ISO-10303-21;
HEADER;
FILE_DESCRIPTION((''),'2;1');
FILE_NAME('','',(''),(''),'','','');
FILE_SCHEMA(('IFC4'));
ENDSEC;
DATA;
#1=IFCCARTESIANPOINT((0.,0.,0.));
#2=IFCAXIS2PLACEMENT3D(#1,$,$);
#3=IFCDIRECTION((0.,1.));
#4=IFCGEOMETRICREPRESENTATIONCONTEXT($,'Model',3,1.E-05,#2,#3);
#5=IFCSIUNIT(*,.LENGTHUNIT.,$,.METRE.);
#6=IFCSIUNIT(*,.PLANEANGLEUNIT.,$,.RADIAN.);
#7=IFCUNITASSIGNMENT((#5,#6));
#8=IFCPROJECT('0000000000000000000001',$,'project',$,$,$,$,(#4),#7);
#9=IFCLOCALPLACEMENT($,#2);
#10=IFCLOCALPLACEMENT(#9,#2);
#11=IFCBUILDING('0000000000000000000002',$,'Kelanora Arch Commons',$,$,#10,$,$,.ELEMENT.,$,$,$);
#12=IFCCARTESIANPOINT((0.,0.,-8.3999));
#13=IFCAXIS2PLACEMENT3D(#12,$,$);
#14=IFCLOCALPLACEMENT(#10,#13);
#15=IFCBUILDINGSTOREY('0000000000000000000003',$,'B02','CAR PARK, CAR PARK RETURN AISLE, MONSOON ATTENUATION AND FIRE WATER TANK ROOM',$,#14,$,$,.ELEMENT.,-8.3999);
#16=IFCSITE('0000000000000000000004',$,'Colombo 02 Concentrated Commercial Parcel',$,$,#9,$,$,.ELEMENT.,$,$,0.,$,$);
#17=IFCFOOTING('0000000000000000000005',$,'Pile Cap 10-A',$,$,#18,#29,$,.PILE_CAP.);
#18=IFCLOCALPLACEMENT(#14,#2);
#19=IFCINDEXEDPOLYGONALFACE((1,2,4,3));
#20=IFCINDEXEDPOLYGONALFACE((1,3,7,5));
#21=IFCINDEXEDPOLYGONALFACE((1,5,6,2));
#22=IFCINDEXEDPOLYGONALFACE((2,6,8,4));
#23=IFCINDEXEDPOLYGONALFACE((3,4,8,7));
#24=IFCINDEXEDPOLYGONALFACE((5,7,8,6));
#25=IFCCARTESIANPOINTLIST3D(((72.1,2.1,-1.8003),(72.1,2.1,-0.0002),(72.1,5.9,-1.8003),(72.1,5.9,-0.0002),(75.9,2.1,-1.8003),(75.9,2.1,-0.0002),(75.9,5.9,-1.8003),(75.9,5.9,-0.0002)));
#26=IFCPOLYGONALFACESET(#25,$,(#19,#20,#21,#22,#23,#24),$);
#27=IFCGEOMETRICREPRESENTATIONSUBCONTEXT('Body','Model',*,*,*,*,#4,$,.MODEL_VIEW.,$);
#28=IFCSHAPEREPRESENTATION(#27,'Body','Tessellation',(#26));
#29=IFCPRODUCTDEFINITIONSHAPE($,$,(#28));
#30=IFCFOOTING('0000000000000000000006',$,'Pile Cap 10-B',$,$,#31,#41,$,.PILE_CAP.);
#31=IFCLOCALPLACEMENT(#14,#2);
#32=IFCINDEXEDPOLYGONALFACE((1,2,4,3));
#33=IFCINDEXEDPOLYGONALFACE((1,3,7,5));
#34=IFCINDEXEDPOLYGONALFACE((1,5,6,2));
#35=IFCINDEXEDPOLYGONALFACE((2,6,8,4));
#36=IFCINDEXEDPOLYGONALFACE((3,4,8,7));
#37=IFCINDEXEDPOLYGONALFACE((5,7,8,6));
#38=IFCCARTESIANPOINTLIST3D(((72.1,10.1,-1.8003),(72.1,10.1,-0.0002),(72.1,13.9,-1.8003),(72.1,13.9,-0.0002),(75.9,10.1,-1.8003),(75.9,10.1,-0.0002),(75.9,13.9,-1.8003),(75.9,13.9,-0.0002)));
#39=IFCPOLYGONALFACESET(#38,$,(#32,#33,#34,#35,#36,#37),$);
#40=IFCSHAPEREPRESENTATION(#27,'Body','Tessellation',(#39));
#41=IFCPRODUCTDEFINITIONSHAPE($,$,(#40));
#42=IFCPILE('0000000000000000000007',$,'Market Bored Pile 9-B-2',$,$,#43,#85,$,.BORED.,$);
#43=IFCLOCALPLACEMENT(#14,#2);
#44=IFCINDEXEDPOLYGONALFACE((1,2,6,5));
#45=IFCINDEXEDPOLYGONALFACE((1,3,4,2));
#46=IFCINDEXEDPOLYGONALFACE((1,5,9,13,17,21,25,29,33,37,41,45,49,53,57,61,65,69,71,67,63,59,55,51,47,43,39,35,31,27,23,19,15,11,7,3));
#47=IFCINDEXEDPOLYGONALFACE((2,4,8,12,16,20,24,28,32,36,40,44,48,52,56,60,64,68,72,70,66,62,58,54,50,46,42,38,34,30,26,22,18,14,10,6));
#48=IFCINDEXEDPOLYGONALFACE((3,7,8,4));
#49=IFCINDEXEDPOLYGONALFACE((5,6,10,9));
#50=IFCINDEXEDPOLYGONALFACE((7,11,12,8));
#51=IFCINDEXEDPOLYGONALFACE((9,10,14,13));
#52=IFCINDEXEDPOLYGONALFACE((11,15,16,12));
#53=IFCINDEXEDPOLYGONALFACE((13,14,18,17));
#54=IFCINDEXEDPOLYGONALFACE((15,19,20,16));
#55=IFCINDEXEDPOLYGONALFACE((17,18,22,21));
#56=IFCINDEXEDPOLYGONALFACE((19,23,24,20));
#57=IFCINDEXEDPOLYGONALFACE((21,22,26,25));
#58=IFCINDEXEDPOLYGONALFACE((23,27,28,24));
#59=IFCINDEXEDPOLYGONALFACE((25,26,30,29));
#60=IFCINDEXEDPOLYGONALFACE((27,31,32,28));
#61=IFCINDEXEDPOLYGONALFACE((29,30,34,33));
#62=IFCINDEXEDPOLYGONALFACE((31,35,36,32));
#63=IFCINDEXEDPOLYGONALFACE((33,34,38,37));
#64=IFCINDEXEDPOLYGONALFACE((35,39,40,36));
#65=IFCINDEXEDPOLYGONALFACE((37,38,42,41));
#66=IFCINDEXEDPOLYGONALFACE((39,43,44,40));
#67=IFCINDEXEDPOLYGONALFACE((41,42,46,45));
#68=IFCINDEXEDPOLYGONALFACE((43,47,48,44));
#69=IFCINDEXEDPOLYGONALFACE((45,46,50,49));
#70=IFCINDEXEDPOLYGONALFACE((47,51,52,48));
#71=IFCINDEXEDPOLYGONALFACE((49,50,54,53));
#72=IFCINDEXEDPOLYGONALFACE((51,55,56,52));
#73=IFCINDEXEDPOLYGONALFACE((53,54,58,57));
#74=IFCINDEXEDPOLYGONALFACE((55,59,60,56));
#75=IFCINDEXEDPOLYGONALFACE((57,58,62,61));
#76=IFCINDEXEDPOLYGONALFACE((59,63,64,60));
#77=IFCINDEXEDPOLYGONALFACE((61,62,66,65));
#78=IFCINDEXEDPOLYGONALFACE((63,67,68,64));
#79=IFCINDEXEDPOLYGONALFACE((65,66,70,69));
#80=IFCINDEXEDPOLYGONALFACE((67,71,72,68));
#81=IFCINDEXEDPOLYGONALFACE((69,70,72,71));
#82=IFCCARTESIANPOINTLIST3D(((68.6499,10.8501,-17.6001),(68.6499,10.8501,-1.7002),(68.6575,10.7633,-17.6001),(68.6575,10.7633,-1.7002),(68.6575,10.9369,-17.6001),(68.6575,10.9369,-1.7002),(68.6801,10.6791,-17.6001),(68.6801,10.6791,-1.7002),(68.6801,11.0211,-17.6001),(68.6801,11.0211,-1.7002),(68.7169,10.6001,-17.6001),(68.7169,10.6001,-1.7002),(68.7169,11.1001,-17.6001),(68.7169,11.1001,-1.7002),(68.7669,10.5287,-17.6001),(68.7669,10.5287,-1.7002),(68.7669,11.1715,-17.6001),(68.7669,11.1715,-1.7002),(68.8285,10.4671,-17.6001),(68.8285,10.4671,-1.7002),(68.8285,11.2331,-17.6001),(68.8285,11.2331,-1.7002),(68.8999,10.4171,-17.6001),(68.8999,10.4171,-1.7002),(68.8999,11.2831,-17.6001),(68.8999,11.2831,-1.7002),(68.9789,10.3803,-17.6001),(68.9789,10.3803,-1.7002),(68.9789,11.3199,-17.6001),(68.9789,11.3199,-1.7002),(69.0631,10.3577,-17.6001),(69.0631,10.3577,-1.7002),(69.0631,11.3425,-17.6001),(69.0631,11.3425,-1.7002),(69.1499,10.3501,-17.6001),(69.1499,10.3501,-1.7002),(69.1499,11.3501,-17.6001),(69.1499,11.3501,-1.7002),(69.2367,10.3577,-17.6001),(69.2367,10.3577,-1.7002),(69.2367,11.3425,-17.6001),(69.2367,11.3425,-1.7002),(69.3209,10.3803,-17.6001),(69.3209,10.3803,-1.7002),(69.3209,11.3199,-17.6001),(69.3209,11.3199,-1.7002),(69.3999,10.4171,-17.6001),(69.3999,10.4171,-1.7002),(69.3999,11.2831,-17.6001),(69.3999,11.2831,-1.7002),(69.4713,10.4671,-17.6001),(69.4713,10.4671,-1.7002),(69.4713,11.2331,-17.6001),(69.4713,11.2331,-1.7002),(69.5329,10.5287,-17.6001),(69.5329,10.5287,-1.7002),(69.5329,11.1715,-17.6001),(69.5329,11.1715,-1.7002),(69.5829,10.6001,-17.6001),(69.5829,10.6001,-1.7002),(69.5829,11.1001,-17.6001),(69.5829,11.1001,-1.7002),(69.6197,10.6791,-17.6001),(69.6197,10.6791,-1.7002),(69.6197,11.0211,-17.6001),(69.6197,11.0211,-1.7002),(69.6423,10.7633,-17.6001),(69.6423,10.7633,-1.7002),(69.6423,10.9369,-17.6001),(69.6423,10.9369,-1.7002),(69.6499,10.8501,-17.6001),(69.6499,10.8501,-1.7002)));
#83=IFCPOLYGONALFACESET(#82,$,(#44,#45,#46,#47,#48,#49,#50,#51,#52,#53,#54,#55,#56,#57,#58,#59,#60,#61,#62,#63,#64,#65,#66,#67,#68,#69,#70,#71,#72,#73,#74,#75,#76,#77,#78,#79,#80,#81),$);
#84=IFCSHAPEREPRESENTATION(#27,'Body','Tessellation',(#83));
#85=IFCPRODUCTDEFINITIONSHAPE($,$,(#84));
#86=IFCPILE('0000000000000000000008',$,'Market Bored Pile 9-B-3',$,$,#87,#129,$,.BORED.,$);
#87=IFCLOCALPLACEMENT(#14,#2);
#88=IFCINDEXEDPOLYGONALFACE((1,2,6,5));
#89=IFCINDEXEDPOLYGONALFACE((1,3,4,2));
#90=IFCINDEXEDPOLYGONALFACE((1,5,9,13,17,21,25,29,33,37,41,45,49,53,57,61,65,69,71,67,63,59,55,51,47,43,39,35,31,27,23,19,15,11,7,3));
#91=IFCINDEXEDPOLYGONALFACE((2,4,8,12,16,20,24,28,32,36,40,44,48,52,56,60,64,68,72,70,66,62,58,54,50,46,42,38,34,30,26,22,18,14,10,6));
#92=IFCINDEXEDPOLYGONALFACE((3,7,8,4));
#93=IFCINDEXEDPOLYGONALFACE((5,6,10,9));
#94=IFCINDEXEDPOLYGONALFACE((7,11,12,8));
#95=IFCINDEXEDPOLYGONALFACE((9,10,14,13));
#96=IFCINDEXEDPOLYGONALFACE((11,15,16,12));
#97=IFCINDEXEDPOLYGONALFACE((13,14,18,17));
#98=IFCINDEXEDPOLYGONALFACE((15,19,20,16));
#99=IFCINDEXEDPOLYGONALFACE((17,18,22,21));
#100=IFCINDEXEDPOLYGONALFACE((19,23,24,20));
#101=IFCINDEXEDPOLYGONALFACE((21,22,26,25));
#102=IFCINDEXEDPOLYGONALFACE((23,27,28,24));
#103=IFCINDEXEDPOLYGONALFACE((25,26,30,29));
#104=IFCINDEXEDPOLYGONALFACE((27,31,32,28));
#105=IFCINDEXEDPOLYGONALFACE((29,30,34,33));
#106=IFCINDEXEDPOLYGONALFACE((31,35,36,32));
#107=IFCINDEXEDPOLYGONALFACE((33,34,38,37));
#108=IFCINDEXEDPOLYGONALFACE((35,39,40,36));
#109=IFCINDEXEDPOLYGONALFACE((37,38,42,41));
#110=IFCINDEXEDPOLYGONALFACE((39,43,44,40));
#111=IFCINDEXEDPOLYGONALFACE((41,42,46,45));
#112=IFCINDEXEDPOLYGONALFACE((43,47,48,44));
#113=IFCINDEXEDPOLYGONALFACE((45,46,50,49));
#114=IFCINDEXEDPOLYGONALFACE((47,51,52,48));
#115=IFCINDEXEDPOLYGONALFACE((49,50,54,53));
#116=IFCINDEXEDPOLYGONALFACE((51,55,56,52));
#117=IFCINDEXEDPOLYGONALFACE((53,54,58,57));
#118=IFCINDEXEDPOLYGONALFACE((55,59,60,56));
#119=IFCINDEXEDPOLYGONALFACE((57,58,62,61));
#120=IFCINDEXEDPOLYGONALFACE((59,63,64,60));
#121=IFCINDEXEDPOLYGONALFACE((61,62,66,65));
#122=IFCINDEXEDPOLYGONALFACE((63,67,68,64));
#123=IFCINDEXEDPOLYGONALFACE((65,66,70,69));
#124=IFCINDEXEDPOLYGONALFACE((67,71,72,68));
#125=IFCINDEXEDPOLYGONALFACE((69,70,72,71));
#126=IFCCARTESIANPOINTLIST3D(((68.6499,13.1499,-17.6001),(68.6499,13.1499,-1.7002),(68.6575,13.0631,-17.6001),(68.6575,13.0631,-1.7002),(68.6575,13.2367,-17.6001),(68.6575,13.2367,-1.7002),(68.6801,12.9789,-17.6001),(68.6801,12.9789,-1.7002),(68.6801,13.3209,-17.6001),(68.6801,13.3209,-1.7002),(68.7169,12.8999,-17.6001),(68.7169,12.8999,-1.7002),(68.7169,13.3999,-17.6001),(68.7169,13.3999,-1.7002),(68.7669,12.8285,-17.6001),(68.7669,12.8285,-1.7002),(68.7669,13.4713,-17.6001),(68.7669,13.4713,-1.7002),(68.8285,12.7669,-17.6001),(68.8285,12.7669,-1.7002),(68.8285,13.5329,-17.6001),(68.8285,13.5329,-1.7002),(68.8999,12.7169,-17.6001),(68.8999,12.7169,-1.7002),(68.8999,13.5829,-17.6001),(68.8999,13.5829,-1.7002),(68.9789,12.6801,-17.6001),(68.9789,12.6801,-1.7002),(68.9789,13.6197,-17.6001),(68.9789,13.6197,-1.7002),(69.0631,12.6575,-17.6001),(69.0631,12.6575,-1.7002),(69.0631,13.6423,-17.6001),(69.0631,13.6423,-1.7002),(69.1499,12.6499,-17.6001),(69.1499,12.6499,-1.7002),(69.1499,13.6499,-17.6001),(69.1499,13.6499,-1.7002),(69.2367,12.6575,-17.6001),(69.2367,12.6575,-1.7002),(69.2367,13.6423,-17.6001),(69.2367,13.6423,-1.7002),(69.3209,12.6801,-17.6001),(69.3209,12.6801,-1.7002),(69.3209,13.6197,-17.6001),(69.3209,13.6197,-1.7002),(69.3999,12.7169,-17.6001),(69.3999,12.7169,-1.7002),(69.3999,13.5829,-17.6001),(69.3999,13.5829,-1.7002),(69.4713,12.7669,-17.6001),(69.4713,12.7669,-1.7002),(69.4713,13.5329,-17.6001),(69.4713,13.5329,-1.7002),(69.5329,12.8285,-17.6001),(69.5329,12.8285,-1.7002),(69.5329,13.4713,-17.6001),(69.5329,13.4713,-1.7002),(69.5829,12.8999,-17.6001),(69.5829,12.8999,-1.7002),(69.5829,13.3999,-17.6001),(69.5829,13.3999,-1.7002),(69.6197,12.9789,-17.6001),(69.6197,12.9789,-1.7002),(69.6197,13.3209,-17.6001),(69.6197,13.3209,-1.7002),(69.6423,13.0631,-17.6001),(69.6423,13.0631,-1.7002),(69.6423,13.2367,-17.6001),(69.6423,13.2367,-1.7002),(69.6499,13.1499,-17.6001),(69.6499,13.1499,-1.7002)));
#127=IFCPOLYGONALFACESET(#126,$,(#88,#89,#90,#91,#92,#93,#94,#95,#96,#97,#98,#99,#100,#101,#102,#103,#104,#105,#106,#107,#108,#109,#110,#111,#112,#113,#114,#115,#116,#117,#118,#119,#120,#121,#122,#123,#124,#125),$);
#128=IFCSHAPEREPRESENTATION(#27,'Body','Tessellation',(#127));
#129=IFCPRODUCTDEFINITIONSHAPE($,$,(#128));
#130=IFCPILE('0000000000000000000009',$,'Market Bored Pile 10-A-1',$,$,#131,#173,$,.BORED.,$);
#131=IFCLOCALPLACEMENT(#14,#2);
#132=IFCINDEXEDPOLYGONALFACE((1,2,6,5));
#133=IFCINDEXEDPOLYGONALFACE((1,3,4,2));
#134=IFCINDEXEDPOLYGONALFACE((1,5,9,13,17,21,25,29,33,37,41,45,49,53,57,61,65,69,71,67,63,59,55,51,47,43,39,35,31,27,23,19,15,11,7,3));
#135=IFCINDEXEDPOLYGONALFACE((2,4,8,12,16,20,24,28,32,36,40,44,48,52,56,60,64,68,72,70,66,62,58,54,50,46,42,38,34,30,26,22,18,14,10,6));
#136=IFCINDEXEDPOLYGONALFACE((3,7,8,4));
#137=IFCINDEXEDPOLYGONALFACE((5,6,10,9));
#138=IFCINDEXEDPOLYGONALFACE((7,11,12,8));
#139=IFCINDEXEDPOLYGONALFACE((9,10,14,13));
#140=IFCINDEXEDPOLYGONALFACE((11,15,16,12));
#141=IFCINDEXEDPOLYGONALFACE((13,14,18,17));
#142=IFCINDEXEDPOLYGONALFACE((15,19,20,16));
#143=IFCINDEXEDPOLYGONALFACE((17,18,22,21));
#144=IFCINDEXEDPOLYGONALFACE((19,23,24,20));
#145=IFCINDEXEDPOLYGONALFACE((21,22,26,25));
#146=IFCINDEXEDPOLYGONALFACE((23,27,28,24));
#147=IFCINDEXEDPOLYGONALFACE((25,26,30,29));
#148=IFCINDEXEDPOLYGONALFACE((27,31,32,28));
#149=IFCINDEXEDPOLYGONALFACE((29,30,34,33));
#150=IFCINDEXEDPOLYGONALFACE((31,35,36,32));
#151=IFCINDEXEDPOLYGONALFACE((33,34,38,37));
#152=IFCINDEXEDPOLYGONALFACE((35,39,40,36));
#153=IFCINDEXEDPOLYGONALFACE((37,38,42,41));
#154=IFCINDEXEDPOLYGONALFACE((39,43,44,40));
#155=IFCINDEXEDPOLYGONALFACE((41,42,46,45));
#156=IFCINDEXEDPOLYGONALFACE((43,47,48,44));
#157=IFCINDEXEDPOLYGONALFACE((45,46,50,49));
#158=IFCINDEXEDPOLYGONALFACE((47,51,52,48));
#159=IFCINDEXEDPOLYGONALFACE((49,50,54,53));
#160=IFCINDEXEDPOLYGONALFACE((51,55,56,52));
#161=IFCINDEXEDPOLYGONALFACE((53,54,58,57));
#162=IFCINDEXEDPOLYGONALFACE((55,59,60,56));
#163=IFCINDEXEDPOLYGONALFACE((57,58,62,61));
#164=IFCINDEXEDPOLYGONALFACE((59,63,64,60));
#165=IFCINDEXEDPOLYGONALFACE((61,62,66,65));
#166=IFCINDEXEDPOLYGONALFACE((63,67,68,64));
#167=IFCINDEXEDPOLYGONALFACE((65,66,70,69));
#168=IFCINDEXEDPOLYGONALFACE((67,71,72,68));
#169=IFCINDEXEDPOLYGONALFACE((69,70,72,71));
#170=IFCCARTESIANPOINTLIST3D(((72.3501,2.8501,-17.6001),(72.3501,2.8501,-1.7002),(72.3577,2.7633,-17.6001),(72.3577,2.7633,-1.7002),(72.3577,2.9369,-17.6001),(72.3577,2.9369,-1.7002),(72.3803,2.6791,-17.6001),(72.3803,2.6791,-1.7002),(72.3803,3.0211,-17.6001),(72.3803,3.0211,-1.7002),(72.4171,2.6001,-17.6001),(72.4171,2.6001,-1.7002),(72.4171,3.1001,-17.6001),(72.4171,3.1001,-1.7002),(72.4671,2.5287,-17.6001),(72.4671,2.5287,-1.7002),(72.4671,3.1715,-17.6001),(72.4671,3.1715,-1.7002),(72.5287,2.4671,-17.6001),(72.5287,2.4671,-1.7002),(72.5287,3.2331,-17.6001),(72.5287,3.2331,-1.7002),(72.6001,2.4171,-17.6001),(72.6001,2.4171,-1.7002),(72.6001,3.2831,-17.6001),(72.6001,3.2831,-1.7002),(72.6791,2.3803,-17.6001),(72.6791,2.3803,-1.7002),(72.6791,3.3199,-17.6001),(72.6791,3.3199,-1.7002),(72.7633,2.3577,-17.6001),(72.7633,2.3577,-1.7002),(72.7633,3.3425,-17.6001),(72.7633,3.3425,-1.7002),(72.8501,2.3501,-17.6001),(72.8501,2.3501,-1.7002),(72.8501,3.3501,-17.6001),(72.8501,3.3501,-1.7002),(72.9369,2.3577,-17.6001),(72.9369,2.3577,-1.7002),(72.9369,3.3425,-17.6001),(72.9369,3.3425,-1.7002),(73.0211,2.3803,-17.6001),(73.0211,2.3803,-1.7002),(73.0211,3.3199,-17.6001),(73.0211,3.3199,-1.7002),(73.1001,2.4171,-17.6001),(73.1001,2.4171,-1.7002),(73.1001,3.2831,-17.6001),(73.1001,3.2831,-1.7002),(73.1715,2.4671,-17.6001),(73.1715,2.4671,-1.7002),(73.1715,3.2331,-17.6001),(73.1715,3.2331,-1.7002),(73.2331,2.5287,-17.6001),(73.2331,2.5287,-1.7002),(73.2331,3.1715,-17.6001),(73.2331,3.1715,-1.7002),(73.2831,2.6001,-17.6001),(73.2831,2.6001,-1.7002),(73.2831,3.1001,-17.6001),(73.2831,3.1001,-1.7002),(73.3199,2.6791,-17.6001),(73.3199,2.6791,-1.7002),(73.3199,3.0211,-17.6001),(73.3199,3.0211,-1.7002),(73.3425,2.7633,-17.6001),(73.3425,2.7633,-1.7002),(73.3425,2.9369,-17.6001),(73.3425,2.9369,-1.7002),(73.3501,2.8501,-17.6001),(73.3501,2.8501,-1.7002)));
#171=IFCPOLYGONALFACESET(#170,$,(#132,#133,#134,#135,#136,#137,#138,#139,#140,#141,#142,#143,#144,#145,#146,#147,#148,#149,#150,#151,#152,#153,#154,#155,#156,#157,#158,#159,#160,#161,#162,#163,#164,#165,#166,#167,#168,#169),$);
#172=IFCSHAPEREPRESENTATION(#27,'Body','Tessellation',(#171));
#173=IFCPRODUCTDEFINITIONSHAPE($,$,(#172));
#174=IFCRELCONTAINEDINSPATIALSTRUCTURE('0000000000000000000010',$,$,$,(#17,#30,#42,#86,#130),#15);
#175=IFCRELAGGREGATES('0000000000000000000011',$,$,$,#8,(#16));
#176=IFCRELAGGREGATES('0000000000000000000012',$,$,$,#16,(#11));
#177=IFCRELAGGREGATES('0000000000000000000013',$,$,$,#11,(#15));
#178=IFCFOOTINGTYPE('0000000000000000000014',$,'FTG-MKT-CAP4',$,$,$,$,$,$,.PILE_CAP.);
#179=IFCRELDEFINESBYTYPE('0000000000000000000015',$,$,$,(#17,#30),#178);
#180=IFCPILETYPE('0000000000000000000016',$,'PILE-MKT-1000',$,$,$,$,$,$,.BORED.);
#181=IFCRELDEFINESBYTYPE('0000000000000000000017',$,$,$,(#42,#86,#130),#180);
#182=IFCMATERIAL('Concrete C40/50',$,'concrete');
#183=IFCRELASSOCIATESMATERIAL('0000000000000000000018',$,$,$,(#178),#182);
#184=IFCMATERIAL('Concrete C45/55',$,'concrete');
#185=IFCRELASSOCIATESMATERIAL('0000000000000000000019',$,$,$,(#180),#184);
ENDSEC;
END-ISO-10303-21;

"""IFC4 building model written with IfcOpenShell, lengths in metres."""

from ifc_helpers import new_model, si_unit, direction, frame, origin, origin_2d, place, context, subcontext, project, spatial, rectangle, circle, extrude, source, transform, mapped, material, material_profile, profile_set, type_object, element, save


model = new_model("IFC4")

# Units and contexts
model_context = context("Model", 3, precision=1e-05, world=origin(), true_north=direction((0.0, 1.0)))
body_context = subcontext(model_context, "Body", "Model", "MODEL_VIEW")
ifc_project = project(units=[si_unit("LENGTHUNIT", "METRE"), si_unit("PLANEANGLEUNIT", "RADIAN")], contexts=[model_context])

# Site, building, storey
site_placement = place(None, origin())
site = spatial("IfcSite", under=ifc_project, at=site_placement, Name="Colombo 02 Concentrated Commercial Parcel", CompositionType="ELEMENT", RefElevation=0.0)
building_placement = place(site_placement, origin())
building = spatial("IfcBuilding", under=site, at=building_placement, Name="Kelanora Arch Commons", CompositionType="ELEMENT")
storey_placement = place(building_placement, frame((0.0, 0.0, -8.3999)))
storey = spatial("IfcBuildingStorey", under=building, at=storey_placement, Name="B02", Description="CAR PARK, CAR PARK RETURN AISLE, MONSOON ATTENUATION AND FIRE WATER TANK ROOM", CompositionType="ELEMENT", Elevation=-8.3999)

# Footings
ifc_material_1 = material(Name="Concrete C40/50", Category="concrete")
footing_type_1 = type_object("IfcFootingType", Name="FTG-MKT-CAP4", PredefinedType="PILE_CAP", material=ifc_material_1)
shared_shape_1 = source(origin(), body_context, "Body", "SweptSolid", [
    extrude(rectangle(XDim=3.8, YDim=3.8, at=origin_2d()), origin(), (0.0, 0.0, 1.0), 1.8),
])
for number, where, z_axis, x_axis, name in (
    (1, (74.0, 4.0, -1.8003), (0.0, 0.0, 1.0), (1.0, 0.0, 0.0), "Pile Cap 10-A"),
    (2, (74.0, 12.0, -1.8003), (0.0, 0.0, 1.0), (1.0, 0.0, 0.0), "Pile Cap 10-B"),
):
    element("IfcFooting", number, at=place(storey_placement, frame(where, z_axis=z_axis, x_axis=x_axis)), inside=storey, type_object=footing_type_1, Name=name, PredefinedType="PILE_CAP", context=body_context, shape_type="MappedRepresentation", body=[
        mapped(shared_shape_1, transform((0.0, 0.0, 0.0), scale=1.0)),
    ])

# Piles
ifc_material_2 = material(Name="Concrete C45/55", Category="concrete")
ifc_material_profile_1 = material_profile(ifc_material_2, circle(Radius=0.5, at=origin_2d()), Name="PILE1000")
ifc_profile_set_1 = profile_set([ifc_material_profile_1], Name="Concrete C45/55")
pile_type = type_object("IfcPileType", Name="PILE-MKT-1000", PredefinedType="BORED", material=ifc_profile_set_1)
shared_shape_2 = source(origin(), body_context, "Body", "SweptSolid", [
    extrude(circle(Radius=0.5, at=origin_2d()), origin(), (0.0, 0.0, 1.0), 15.8999),
])
for number, where, z_axis, x_axis, name in (
    (3, (69.1499, 10.8501, -1.7002), (0.0, 0.0, -1.0), (1.0, 0.0, 0.0), "Market Bored Pile 9-B-2"),
    (4, (69.1499, 13.1499, -1.7002), (0.0, 0.0, -1.0), (1.0, 0.0, 0.0), "Market Bored Pile 9-B-3"),
    (5, (72.8501, 2.8501, -1.7002), (0.0, 0.0, -1.0), (1.0, 0.0, 0.0), "Market Bored Pile 10-A-1"),
):
    element("IfcPile", number, at=place(storey_placement, frame(where, z_axis=z_axis, x_axis=x_axis)), inside=storey, type_object=pile_type, Name=name, PredefinedType="BORED", context=body_context, shape_type="MappedRepresentation", body=[
        mapped(shared_shape_2, transform((0.0, 0.0, 0.0), scale=1.0)),
    ])

save(model, "model.ifc")
